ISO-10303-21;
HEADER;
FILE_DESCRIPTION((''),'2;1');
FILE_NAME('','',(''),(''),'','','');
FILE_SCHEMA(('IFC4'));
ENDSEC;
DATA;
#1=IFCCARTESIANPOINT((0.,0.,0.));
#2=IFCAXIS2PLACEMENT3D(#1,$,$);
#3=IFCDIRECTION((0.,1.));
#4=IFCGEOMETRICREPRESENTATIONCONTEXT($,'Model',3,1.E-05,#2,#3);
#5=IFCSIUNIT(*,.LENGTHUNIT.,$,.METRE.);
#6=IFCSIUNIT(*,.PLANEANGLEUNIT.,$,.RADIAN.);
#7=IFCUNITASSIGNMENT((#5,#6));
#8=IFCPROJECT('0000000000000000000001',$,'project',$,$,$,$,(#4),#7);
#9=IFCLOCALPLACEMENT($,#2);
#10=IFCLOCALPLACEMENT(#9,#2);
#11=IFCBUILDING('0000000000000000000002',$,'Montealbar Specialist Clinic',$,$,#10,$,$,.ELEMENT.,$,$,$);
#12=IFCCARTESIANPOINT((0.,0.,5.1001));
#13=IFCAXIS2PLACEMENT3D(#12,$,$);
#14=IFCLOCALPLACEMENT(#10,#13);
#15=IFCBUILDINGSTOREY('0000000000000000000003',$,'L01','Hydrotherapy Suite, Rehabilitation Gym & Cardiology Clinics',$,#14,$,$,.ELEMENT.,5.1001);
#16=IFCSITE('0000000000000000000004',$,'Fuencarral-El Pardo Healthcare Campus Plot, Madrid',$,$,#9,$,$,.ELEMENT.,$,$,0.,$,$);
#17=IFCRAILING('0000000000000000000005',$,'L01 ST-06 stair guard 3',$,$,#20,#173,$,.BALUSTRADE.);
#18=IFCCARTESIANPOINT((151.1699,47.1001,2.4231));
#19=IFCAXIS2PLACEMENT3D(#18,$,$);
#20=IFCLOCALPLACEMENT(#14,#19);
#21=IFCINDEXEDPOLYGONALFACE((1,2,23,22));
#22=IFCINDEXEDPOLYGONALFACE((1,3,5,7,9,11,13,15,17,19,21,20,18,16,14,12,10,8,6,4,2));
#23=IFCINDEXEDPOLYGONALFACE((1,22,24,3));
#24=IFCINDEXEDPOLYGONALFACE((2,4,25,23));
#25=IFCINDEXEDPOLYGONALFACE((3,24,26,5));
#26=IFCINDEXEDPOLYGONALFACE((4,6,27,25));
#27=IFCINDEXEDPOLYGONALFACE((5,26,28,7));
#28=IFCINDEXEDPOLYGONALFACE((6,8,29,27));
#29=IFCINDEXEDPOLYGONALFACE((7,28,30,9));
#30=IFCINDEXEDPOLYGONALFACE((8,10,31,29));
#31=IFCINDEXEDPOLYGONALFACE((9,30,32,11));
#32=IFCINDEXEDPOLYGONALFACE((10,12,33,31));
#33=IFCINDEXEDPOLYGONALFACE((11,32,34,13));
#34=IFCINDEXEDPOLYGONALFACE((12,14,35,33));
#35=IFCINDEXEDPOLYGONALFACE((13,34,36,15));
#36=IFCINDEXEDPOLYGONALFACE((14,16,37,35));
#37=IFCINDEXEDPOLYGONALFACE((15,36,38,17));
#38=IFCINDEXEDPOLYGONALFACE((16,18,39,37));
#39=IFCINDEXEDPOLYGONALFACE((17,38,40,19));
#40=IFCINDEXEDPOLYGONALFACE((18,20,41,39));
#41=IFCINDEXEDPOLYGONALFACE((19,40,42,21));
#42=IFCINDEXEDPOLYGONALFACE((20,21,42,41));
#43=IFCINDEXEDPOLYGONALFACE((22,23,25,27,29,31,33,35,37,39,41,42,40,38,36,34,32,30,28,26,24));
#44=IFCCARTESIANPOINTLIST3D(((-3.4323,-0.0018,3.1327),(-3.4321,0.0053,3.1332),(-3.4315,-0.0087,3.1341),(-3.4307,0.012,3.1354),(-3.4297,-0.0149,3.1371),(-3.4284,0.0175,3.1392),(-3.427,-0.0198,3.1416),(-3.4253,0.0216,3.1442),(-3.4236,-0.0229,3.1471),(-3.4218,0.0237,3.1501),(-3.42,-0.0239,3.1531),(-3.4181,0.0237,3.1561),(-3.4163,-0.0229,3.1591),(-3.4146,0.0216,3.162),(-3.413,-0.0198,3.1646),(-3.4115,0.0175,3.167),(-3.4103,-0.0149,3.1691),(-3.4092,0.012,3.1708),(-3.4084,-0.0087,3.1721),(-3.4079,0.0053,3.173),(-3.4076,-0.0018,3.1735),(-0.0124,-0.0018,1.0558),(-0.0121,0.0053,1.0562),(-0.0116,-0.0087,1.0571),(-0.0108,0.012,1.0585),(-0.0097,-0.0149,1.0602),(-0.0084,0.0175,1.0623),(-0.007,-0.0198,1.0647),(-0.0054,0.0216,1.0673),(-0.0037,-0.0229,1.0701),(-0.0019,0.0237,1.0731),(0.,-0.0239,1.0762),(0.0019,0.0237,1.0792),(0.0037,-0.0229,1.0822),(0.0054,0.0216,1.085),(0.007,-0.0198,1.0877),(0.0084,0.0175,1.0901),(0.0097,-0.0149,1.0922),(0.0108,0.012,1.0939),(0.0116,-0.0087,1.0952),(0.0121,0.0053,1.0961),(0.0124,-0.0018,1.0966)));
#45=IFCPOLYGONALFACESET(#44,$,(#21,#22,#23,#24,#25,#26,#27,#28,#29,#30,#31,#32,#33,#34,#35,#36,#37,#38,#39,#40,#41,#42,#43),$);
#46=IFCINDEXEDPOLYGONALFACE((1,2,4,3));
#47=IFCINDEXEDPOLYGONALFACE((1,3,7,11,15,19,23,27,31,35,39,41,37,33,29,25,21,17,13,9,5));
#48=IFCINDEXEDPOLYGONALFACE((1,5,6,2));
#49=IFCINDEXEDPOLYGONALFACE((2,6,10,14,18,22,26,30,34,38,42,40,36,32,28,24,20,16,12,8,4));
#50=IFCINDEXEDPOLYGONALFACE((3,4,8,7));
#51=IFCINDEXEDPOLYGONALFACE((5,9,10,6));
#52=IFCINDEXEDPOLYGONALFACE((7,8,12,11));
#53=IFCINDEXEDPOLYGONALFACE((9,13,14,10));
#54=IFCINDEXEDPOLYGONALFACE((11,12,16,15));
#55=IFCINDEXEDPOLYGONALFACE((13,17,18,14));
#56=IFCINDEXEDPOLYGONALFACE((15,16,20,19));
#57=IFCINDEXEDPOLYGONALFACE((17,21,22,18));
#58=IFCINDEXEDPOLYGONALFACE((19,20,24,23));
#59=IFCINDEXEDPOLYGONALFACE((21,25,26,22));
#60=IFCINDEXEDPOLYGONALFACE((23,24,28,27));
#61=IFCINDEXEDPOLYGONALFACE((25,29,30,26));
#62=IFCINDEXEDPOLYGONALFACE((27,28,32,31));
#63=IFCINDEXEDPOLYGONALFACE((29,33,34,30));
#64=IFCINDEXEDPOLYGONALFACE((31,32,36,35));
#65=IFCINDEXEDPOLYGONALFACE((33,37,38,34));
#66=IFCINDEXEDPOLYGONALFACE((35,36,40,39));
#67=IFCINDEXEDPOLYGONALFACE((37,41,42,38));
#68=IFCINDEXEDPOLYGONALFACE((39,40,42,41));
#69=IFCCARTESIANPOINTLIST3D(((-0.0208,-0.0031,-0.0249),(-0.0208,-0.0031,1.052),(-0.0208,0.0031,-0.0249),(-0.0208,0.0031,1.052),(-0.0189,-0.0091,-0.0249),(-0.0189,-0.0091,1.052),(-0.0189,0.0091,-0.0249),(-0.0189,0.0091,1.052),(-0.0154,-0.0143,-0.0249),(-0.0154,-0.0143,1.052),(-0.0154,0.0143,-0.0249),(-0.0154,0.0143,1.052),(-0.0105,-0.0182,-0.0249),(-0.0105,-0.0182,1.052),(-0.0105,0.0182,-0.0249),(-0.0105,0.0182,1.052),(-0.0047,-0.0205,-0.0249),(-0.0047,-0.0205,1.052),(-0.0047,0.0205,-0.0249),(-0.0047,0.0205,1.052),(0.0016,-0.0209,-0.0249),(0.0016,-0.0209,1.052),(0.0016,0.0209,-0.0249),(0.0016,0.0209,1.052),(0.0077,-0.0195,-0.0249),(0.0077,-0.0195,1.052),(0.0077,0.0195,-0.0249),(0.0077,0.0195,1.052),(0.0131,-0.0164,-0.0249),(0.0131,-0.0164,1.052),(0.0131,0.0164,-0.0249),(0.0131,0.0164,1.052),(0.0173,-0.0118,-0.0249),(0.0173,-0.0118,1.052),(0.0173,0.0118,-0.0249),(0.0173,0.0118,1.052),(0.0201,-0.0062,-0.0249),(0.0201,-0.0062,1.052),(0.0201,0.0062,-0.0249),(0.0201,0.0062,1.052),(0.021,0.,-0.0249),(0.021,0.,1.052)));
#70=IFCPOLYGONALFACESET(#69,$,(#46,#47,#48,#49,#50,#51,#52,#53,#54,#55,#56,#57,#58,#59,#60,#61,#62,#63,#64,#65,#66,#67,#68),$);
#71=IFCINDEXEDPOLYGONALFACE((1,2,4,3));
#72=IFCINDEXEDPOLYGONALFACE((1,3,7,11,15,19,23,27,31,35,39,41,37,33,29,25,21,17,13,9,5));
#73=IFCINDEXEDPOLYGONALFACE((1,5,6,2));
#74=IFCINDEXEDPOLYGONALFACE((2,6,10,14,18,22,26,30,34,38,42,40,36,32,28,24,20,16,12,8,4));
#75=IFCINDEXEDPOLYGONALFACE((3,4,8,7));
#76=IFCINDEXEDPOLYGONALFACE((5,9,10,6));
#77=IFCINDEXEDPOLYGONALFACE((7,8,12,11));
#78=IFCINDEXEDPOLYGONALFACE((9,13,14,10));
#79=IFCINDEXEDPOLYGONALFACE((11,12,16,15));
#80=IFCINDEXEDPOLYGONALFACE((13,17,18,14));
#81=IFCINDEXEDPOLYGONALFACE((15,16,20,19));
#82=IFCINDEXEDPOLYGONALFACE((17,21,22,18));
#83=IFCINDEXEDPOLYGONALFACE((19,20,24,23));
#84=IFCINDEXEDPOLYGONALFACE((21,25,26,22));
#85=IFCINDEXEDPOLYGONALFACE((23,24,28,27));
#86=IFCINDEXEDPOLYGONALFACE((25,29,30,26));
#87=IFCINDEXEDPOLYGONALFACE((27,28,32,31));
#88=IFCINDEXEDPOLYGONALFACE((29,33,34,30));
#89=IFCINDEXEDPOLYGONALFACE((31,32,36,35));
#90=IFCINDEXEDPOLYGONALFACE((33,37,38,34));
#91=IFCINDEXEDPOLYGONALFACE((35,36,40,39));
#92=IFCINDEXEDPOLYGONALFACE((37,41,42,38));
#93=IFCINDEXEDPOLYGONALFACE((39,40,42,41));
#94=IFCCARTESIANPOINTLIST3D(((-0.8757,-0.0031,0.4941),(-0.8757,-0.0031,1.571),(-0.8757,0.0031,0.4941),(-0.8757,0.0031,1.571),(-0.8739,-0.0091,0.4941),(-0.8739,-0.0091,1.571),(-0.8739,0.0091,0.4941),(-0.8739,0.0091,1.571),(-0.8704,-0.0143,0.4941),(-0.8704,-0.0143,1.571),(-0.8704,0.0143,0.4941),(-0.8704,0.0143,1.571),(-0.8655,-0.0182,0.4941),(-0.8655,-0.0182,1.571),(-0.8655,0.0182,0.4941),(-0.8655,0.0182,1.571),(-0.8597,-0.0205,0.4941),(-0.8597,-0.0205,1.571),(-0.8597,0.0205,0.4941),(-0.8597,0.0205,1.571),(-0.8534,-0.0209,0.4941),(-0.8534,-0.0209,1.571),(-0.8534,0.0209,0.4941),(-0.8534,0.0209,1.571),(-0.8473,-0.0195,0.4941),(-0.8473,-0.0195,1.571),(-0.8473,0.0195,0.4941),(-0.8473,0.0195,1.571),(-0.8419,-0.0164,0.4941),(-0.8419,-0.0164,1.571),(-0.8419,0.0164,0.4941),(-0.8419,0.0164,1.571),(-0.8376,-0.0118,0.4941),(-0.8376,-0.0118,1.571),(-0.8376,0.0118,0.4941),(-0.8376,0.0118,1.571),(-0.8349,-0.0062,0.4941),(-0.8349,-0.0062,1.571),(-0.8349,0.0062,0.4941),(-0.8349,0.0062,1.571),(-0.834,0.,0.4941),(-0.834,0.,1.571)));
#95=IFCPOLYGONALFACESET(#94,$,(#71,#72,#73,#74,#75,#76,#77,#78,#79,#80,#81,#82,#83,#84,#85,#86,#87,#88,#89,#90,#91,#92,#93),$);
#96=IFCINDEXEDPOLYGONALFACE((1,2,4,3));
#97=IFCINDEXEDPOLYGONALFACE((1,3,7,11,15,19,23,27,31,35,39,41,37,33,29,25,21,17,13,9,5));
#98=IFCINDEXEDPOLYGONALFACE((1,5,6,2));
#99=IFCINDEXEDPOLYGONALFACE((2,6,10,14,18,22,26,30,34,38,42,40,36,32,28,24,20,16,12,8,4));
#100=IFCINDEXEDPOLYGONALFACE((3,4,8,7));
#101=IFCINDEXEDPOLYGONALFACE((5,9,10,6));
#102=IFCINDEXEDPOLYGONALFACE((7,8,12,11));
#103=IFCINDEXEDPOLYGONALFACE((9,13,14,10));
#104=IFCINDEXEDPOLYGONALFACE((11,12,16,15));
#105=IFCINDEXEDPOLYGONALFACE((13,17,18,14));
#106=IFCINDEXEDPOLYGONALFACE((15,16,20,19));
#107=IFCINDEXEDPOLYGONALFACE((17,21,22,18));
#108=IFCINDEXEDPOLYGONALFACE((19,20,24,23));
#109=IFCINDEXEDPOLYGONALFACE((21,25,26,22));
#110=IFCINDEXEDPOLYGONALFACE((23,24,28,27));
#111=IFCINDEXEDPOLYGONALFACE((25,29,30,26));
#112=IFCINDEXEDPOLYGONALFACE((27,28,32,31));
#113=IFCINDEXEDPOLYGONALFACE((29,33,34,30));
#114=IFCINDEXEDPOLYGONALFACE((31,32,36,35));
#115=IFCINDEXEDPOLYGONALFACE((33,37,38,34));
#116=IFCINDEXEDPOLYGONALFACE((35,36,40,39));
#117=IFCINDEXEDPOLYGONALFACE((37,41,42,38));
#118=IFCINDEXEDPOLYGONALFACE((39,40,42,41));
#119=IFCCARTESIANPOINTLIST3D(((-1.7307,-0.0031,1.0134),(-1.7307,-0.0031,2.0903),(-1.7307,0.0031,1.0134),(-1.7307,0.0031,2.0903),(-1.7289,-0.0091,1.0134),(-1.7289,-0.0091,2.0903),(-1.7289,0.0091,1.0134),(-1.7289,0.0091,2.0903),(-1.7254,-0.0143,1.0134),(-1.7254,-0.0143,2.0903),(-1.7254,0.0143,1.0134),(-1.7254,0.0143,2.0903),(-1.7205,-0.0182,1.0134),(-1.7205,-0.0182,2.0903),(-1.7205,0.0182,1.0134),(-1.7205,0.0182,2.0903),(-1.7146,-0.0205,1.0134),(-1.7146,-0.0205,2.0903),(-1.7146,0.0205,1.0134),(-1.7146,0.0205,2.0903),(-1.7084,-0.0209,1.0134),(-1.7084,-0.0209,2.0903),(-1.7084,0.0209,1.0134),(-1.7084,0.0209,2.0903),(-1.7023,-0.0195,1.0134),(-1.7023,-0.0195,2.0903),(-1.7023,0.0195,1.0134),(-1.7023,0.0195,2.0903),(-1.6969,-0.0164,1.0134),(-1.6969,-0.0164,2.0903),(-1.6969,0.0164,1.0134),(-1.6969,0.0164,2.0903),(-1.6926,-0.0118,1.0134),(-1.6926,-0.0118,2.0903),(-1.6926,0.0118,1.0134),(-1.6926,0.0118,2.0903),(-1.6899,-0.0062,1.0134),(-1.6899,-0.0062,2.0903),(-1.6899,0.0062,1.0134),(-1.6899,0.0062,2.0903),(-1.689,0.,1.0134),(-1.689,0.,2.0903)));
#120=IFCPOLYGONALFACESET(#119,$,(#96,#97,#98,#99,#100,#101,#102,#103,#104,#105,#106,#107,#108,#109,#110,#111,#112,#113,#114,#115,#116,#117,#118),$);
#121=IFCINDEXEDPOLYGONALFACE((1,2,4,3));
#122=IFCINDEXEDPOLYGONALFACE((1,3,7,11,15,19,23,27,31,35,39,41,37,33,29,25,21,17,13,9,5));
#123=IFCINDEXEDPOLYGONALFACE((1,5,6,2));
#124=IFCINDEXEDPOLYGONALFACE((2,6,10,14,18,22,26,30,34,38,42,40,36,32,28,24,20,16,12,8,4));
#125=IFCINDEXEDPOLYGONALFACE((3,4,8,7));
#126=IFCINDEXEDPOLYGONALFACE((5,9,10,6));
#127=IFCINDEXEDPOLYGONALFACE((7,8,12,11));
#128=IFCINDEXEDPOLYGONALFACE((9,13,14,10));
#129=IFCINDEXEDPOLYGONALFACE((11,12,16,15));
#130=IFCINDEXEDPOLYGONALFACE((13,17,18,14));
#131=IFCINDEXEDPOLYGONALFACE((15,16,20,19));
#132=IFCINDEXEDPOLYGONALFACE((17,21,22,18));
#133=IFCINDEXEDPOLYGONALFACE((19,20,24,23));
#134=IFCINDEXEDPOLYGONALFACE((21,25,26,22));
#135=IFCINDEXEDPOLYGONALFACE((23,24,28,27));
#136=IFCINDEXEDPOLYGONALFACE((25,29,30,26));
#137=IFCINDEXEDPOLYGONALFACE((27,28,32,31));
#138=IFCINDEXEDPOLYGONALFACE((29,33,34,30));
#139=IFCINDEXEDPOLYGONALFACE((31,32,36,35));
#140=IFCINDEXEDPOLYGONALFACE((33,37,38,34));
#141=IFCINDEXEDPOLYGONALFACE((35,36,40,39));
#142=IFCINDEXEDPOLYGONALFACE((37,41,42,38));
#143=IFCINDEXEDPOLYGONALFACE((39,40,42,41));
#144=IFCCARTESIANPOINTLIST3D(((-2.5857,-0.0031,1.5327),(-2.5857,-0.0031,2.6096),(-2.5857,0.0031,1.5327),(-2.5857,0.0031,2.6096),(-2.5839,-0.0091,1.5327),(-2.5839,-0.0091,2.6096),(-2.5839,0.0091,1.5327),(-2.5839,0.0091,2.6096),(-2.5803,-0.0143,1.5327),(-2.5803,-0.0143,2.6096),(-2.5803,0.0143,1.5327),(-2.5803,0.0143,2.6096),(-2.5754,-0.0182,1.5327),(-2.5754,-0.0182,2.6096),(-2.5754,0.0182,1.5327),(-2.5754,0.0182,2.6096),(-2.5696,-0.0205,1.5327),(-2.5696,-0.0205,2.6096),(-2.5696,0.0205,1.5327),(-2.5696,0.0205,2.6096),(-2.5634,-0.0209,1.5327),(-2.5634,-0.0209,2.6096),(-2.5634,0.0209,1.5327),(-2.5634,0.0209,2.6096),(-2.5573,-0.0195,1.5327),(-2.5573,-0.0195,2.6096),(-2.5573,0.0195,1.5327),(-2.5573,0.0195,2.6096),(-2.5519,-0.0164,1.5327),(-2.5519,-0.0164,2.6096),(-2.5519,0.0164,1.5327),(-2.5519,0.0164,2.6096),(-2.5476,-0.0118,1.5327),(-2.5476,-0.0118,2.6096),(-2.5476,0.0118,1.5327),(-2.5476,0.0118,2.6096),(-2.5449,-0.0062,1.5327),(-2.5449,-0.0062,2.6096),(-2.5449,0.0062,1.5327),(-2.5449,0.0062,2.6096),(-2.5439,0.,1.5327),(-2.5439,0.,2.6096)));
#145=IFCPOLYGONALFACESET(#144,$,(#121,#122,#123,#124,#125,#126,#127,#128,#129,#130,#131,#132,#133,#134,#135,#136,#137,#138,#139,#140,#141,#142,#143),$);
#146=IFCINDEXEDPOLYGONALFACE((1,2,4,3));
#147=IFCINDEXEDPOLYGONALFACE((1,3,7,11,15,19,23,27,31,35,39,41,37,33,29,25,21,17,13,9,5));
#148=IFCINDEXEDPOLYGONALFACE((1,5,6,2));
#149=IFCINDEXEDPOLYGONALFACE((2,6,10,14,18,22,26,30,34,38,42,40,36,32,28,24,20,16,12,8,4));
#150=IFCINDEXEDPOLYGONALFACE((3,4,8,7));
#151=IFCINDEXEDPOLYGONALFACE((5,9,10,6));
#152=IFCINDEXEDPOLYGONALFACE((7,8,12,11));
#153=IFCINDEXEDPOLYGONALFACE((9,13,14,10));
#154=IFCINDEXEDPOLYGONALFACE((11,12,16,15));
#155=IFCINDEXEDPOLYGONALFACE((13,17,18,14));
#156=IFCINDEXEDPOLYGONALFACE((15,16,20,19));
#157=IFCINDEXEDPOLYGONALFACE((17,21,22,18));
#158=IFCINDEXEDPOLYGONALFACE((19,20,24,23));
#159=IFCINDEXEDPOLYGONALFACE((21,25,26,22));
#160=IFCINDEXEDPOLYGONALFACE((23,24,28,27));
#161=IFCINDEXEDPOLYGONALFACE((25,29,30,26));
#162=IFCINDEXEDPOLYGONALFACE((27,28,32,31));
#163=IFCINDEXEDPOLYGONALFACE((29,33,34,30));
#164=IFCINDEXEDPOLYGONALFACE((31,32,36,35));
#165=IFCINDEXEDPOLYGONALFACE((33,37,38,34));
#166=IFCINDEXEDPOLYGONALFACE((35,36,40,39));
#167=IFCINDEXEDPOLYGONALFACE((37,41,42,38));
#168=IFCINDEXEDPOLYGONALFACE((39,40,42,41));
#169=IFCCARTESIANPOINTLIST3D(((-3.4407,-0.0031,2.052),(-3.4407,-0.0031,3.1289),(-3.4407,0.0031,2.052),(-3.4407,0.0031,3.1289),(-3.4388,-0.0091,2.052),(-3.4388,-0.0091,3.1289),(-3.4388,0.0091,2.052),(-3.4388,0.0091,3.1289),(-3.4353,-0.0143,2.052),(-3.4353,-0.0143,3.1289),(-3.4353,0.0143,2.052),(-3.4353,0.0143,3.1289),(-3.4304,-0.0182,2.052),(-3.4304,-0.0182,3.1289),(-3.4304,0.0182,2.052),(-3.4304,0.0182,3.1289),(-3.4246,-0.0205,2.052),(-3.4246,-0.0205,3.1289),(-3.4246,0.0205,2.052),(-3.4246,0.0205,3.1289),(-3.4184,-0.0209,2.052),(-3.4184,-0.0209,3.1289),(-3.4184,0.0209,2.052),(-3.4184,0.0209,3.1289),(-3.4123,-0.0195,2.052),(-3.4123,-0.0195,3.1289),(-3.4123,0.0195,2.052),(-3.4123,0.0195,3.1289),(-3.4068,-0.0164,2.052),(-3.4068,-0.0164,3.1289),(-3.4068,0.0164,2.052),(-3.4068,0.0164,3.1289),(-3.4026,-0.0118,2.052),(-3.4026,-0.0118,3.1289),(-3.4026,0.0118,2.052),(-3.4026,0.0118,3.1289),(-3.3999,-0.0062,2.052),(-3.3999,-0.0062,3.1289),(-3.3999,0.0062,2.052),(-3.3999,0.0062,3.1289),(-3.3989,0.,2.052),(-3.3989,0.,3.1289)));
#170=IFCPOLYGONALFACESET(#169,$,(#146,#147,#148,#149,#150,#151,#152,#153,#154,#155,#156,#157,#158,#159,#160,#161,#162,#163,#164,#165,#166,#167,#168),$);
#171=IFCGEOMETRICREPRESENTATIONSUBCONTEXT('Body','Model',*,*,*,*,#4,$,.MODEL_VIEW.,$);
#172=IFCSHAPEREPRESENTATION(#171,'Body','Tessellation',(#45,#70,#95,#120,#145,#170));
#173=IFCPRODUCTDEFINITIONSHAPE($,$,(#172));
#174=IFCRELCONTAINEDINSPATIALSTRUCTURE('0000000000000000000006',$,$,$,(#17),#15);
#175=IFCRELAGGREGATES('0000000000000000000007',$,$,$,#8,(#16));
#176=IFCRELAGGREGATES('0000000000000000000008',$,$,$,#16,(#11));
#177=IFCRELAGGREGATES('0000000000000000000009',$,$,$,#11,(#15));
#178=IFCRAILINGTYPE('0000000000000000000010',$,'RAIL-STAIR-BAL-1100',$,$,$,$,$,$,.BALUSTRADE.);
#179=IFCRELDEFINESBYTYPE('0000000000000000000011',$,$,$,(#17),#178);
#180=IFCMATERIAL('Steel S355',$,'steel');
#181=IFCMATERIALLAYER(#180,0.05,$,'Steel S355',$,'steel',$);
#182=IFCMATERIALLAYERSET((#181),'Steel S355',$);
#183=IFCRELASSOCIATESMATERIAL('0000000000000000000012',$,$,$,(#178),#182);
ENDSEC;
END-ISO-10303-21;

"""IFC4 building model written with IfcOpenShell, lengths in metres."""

from ifc_helpers import new_model, si_unit, direction, frame, origin, origin_2d, place, context, subcontext, project, spatial, circle, extrude, material, layer, layer_set, type_object, element, save


model = new_model("IFC4")

# Units and contexts
model_context = context("Model", 3, precision=1e-05, world=origin(), true_north=direction((0.0, 1.0)))
body_context = subcontext(model_context, "Body", "Model", "MODEL_VIEW")
ifc_project = project(units=[si_unit("LENGTHUNIT", "METRE"), si_unit("PLANEANGLEUNIT", "RADIAN")], contexts=[model_context])

# Site, building, storey
site_placement = place(None, origin())
site = spatial("IfcSite", under=ifc_project, at=site_placement, Name="Fuencarral-El Pardo Healthcare Campus Plot, Madrid", CompositionType="ELEMENT", RefElevation=0.0)
building_placement = place(site_placement, origin())
building = spatial("IfcBuilding", under=site, at=building_placement, Name="Montealbar Specialist Clinic", CompositionType="ELEMENT")
storey_placement = place(building_placement, frame((0.0, 0.0, 5.1001)))
storey = spatial("IfcBuildingStorey", under=building, at=storey_placement, Name="L01", Description="Hydrotherapy Suite, Rehabilitation Gym & Cardiology Clinics", CompositionType="ELEMENT", Elevation=5.1001)

# Shared definitions
ifc_material_1 = material(Name="Steel S355", Category="steel")

# Railing
ifc_layer_1 = layer(ifc_material_1, 0.05, Name="Steel S355", Category="steel")
ifc_layer_set_1 = layer_set([ifc_layer_1], Name="Steel S355")
railing_type = type_object("IfcRailingType", Name="RAIL-STAIR-BAL-1100", PredefinedType="BALUSTRADE", material=ifc_layer_set_1)
railing_1_placement = place(storey_placement, frame((151.1699, 47.1001, 2.4231)))
element("IfcRailing", 1, at=railing_1_placement, inside=storey, type_object=railing_type, Name="L01 ST-06 stair guard 3", PredefinedType="BALUSTRADE", context=body_context, shape_type="SweptSolid", body=[
    extrude(circle(Radius=0.0239, at=origin_2d()), frame((0.0, 0.0, 1.0762), z_axis=(-0.85473, 0.0, 0.519074), x_axis=(0.0, -1.0, 0.0)), (0.0, 0.0, 1.0), 4.0012),
    extrude(circle(Radius=0.021, at=origin_2d()), frame((0.0, 0.0, -0.0249)), (0.0, 0.0, 1.0), 1.0769),
    extrude(circle(Radius=0.021, at=origin_2d()), frame((-0.855, 0.0, 0.4941)), (0.0, 0.0, 1.0), 1.0769),
    extrude(circle(Radius=0.021, at=origin_2d()), frame((-1.71, 0.0, 1.0134)), (0.0, 0.0, 1.0), 1.0769),
    extrude(circle(Radius=0.021, at=origin_2d()), frame((-2.5649, 0.0, 1.5327)), (0.0, 0.0, 1.0), 1.0769),
    extrude(circle(Radius=0.021, at=origin_2d()), frame((-3.4199, 0.0, 2.052)), (0.0, 0.0, 1.0), 1.0769),
])

save(model, "model.ifc")
